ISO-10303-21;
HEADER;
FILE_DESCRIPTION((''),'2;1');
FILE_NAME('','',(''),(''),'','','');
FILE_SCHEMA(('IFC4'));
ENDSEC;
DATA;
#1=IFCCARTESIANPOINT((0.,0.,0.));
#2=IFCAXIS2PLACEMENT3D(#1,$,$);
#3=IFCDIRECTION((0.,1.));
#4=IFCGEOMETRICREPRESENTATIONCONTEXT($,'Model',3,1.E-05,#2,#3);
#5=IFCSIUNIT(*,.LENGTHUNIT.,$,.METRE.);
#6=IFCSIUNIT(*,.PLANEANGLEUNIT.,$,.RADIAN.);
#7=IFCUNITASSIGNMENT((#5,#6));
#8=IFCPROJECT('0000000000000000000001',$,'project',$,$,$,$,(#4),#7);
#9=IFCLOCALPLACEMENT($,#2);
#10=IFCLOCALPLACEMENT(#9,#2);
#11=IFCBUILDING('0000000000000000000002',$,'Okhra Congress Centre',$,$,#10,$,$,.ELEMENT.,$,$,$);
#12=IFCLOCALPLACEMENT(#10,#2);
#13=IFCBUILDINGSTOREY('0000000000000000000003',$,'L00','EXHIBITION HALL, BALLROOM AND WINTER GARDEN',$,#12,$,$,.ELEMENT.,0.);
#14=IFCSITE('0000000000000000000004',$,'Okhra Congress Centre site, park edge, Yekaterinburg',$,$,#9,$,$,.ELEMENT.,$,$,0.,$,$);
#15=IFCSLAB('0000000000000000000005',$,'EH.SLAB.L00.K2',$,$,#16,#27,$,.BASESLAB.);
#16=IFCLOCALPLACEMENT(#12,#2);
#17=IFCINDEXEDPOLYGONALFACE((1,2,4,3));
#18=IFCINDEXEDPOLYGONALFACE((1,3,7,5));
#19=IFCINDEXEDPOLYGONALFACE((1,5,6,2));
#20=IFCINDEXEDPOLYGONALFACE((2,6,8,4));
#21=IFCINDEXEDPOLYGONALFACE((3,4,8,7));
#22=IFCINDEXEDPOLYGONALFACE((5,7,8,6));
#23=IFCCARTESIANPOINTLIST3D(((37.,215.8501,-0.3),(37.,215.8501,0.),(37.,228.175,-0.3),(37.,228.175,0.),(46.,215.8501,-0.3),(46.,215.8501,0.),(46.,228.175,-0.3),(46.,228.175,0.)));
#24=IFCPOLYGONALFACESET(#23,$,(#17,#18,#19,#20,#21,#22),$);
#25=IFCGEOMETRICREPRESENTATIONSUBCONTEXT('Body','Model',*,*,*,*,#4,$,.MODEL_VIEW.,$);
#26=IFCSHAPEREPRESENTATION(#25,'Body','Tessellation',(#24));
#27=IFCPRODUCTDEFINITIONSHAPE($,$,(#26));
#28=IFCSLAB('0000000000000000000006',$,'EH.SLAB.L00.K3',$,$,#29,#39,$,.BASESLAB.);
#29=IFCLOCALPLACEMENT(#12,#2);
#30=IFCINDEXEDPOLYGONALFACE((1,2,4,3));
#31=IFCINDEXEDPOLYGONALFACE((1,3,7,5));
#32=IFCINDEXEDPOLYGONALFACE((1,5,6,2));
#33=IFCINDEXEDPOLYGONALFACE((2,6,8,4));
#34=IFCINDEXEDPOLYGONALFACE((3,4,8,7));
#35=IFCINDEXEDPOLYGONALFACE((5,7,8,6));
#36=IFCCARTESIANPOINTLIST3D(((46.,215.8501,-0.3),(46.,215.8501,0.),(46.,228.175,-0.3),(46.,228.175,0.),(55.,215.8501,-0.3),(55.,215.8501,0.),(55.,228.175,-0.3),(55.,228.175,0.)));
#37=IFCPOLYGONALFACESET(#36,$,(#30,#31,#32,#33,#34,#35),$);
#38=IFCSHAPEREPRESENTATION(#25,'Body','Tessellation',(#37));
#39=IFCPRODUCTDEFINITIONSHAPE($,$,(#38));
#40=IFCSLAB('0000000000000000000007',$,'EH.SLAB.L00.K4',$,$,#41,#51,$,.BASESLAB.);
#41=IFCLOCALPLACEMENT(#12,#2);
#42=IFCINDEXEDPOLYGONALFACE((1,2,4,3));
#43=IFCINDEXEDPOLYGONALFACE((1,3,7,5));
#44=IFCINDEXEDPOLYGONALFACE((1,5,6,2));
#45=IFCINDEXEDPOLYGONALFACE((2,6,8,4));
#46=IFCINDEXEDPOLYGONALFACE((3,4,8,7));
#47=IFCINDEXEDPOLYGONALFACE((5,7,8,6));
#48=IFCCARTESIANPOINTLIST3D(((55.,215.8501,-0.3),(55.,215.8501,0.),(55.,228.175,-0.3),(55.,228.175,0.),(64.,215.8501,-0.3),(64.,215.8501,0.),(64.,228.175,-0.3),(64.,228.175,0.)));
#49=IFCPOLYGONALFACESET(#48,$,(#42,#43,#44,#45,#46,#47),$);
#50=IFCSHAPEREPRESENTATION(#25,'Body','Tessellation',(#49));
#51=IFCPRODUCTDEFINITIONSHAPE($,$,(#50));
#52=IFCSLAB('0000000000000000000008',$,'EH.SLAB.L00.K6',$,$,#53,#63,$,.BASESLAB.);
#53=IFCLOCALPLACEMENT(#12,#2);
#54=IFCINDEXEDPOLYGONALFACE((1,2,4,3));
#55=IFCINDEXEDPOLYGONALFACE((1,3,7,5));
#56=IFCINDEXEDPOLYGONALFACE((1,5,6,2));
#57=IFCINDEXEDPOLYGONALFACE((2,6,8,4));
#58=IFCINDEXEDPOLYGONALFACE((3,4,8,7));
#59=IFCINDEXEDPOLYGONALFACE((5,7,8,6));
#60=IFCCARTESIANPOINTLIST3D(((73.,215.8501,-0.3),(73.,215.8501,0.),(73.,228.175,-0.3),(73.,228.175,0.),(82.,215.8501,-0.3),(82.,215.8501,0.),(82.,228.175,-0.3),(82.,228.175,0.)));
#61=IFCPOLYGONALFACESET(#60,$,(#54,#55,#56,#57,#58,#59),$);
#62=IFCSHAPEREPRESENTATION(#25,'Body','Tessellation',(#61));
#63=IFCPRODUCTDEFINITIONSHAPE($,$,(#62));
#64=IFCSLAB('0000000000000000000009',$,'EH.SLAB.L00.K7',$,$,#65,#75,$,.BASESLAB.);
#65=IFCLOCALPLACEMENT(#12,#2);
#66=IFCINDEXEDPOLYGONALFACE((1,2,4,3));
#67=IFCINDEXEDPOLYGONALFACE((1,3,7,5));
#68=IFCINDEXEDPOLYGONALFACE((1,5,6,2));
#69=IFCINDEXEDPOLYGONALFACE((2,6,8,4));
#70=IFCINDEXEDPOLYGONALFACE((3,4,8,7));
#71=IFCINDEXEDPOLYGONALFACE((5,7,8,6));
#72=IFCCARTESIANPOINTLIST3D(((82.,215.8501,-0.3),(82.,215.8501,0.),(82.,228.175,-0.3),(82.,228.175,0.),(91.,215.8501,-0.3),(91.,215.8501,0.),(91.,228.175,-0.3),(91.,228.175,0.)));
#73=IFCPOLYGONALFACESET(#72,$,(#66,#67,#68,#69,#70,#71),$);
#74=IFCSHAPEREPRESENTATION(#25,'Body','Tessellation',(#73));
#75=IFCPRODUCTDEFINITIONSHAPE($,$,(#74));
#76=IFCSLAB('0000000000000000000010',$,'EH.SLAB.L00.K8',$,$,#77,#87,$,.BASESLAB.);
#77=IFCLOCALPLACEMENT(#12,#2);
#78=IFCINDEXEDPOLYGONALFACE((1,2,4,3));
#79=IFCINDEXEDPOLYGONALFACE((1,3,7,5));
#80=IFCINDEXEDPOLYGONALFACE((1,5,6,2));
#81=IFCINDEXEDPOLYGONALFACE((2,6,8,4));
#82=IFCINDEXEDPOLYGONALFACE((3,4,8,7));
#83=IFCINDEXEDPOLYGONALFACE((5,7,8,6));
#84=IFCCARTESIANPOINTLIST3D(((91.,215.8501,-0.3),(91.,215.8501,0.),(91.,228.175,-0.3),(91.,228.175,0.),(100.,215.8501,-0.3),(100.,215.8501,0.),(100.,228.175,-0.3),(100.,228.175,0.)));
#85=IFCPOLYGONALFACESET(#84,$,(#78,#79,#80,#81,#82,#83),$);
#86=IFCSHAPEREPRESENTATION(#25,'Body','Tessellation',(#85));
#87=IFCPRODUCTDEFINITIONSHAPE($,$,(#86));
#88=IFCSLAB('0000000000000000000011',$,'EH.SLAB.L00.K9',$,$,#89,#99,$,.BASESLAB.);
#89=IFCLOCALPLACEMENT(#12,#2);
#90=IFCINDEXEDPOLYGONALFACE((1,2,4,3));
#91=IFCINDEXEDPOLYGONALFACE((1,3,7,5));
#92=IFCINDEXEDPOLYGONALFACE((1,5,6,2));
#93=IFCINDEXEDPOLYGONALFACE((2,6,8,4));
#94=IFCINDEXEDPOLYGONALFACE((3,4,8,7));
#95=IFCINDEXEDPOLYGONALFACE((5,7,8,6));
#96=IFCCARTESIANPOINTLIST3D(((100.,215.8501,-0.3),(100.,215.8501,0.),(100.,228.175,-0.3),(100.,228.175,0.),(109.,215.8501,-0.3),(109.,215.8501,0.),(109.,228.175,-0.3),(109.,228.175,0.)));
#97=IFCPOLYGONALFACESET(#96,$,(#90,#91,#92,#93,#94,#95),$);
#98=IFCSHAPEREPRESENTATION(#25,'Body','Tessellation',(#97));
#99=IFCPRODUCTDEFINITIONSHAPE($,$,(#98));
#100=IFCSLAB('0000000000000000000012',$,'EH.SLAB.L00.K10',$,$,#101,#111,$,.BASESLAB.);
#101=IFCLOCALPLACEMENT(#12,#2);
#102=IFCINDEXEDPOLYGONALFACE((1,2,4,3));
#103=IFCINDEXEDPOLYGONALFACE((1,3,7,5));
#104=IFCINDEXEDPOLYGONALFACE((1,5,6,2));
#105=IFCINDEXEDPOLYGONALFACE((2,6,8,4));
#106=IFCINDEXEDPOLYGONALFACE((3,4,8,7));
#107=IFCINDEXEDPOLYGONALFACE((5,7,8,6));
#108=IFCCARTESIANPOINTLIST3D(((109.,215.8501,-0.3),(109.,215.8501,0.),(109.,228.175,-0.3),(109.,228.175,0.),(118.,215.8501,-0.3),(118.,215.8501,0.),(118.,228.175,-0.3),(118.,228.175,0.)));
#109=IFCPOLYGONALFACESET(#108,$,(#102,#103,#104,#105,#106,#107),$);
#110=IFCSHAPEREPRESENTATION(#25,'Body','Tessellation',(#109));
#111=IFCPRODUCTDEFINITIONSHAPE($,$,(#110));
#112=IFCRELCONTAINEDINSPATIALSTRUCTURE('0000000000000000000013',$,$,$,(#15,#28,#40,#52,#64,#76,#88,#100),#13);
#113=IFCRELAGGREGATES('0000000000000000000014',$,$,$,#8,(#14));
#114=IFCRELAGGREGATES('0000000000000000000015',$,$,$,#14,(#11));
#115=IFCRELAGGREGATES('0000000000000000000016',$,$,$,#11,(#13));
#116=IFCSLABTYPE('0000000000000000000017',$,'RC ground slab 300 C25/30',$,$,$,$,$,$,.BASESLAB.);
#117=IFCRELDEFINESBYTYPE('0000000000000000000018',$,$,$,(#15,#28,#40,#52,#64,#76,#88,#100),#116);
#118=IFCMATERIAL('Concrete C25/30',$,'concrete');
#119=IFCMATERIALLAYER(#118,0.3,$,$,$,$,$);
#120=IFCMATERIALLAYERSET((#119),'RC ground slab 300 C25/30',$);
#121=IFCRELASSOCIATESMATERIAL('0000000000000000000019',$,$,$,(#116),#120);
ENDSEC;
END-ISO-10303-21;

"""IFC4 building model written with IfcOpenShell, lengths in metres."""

from ifc_helpers import new_model, si_unit, direction, frame, origin, place, context, subcontext, project, spatial, polyline, outline, extrude, material, layer, layer_set, type_object, element, save


model = new_model("IFC4")

# Units and contexts
model_context = context("Model", 3, precision=1e-05, world=origin(), true_north=direction((0.0, 1.0)))
body_context = subcontext(model_context, "Body", "Model", "MODEL_VIEW")
ifc_project = project(units=[si_unit("LENGTHUNIT", "METRE"), si_unit("PLANEANGLEUNIT", "RADIAN")], contexts=[model_context])

# Site, building, storey
site_placement = place(None, origin())
site = spatial("IfcSite", under=ifc_project, at=site_placement, Name="Okhra Congress Centre site, park edge, Yekaterinburg", CompositionType="ELEMENT", RefElevation=0.0)
building_placement = place(site_placement, origin())
building = spatial("IfcBuilding", under=site, at=building_placement, Name="Okhra Congress Centre", CompositionType="ELEMENT")
storey_placement = place(building_placement, origin())
storey = spatial("IfcBuildingStorey", under=building, at=storey_placement, Name="L00", Description="EXHIBITION HALL, BALLROOM AND WINTER GARDEN", CompositionType="ELEMENT", Elevation=0.0)

# Slabs
ifc_material = material(Name="Concrete C25/30", Category="concrete")
ifc_layer = layer(ifc_material, 0.3)
ifc_layer_set = layer_set([ifc_layer], Name="RC ground slab 300 C25/30")
slab_type = type_object("IfcSlabType", Name="RC ground slab 300 C25/30", PredefinedType="BASESLAB", material=ifc_layer_set)
slab_1_placement = place(storey_placement, frame((0.0, 0.0, -0.3)))
element("IfcSlab", 1, at=slab_1_placement, inside=storey, type_object=slab_type, Name="EH.SLAB.L00.K2", PredefinedType="BASESLAB", context=body_context, shape_type="SweptSolid", body=[
    extrude(outline(polyline([(37.0, 215.8501), (46.0, 215.8501), (46.0, 228.175), (37.0, 228.175), (37.0, 215.8501)])), origin(), (0.0, 0.0, 1.0), 0.3),
])
slab_2_placement = place(storey_placement, frame((0.0, 0.0, -0.3)))
element("IfcSlab", 2, at=slab_2_placement, inside=storey, type_object=slab_type, Name="EH.SLAB.L00.K3", PredefinedType="BASESLAB", context=body_context, shape_type="SweptSolid", body=[
    extrude(outline(polyline([(46.0, 215.8501), (55.0, 215.8501), (55.0, 228.175), (46.0, 228.175), (46.0, 215.8501)])), origin(), (0.0, 0.0, 1.0), 0.3),
])
slab_3_placement = place(storey_placement, frame((0.0, 0.0, -0.3)))
element("IfcSlab", 3, at=slab_3_placement, inside=storey, type_object=slab_type, Name="EH.SLAB.L00.K4", PredefinedType="BASESLAB", context=body_context, shape_type="SweptSolid", body=[
    extrude(outline(polyline([(55.0, 215.8501), (64.0, 215.8501), (64.0, 228.175), (55.0, 228.175), (55.0, 215.8501)])), origin(), (0.0, 0.0, 1.0), 0.3),
])
slab_4_placement = place(storey_placement, frame((0.0, 0.0, -0.3)))
element("IfcSlab", 4, at=slab_4_placement, inside=storey, type_object=slab_type, Name="EH.SLAB.L00.K6", PredefinedType="BASESLAB", context=body_context, shape_type="SweptSolid", body=[
    extrude(outline(polyline([(73.0, 215.8501), (82.0, 215.8501), (82.0, 228.175), (73.0, 228.175), (73.0, 215.8501)])), origin(), (0.0, 0.0, 1.0), 0.3),
])
slab_5_placement = place(storey_placement, frame((0.0, 0.0, -0.3)))
element("IfcSlab", 5, at=slab_5_placement, inside=storey, type_object=slab_type, Name="EH.SLAB.L00.K7", PredefinedType="BASESLAB", context=body_context, shape_type="SweptSolid", body=[
    extrude(outline(polyline([(82.0, 215.8501), (91.0, 215.8501), (91.0, 228.175), (82.0, 228.175), (82.0, 215.8501)])), origin(), (0.0, 0.0, 1.0), 0.3),
])
slab_6_placement = place(storey_placement, frame((0.0, 0.0, -0.3)))
element("IfcSlab", 6, at=slab_6_placement, inside=storey, type_object=slab_type, Name="EH.SLAB.L00.K8", PredefinedType="BASESLAB", context=body_context, shape_type="SweptSolid", body=[
    extrude(outline(polyline([(91.0, 215.8501), (100.0, 215.8501), (100.0, 228.175), (91.0, 228.175), (91.0, 215.8501)])), origin(), (0.0, 0.0, 1.0), 0.3),
])
slab_7_placement = place(storey_placement, frame((0.0, 0.0, -0.3)))
element("IfcSlab", 7, at=slab_7_placement, inside=storey, type_object=slab_type, Name="EH.SLAB.L00.K9", PredefinedType="BASESLAB", context=body_context, shape_type="SweptSolid", body=[
    extrude(outline(polyline([(100.0, 215.8501), (109.0, 215.8501), (109.0, 228.175), (100.0, 228.175), (100.0, 215.8501)])), origin(), (0.0, 0.0, 1.0), 0.3),
])
slab_8_placement = place(storey_placement, frame((0.0, 0.0, -0.3)))
element("IfcSlab", 8, at=slab_8_placement, inside=storey, type_object=slab_type, Name="EH.SLAB.L00.K10", PredefinedType="BASESLAB", context=body_context, shape_type="SweptSolid", body=[
    extrude(outline(polyline([(109.0, 215.8501), (118.0, 215.8501), (118.0, 228.175), (109.0, 228.175), (109.0, 215.8501)])), origin(), (0.0, 0.0, 1.0), 0.3),
])

save(model, "model.ifc")
